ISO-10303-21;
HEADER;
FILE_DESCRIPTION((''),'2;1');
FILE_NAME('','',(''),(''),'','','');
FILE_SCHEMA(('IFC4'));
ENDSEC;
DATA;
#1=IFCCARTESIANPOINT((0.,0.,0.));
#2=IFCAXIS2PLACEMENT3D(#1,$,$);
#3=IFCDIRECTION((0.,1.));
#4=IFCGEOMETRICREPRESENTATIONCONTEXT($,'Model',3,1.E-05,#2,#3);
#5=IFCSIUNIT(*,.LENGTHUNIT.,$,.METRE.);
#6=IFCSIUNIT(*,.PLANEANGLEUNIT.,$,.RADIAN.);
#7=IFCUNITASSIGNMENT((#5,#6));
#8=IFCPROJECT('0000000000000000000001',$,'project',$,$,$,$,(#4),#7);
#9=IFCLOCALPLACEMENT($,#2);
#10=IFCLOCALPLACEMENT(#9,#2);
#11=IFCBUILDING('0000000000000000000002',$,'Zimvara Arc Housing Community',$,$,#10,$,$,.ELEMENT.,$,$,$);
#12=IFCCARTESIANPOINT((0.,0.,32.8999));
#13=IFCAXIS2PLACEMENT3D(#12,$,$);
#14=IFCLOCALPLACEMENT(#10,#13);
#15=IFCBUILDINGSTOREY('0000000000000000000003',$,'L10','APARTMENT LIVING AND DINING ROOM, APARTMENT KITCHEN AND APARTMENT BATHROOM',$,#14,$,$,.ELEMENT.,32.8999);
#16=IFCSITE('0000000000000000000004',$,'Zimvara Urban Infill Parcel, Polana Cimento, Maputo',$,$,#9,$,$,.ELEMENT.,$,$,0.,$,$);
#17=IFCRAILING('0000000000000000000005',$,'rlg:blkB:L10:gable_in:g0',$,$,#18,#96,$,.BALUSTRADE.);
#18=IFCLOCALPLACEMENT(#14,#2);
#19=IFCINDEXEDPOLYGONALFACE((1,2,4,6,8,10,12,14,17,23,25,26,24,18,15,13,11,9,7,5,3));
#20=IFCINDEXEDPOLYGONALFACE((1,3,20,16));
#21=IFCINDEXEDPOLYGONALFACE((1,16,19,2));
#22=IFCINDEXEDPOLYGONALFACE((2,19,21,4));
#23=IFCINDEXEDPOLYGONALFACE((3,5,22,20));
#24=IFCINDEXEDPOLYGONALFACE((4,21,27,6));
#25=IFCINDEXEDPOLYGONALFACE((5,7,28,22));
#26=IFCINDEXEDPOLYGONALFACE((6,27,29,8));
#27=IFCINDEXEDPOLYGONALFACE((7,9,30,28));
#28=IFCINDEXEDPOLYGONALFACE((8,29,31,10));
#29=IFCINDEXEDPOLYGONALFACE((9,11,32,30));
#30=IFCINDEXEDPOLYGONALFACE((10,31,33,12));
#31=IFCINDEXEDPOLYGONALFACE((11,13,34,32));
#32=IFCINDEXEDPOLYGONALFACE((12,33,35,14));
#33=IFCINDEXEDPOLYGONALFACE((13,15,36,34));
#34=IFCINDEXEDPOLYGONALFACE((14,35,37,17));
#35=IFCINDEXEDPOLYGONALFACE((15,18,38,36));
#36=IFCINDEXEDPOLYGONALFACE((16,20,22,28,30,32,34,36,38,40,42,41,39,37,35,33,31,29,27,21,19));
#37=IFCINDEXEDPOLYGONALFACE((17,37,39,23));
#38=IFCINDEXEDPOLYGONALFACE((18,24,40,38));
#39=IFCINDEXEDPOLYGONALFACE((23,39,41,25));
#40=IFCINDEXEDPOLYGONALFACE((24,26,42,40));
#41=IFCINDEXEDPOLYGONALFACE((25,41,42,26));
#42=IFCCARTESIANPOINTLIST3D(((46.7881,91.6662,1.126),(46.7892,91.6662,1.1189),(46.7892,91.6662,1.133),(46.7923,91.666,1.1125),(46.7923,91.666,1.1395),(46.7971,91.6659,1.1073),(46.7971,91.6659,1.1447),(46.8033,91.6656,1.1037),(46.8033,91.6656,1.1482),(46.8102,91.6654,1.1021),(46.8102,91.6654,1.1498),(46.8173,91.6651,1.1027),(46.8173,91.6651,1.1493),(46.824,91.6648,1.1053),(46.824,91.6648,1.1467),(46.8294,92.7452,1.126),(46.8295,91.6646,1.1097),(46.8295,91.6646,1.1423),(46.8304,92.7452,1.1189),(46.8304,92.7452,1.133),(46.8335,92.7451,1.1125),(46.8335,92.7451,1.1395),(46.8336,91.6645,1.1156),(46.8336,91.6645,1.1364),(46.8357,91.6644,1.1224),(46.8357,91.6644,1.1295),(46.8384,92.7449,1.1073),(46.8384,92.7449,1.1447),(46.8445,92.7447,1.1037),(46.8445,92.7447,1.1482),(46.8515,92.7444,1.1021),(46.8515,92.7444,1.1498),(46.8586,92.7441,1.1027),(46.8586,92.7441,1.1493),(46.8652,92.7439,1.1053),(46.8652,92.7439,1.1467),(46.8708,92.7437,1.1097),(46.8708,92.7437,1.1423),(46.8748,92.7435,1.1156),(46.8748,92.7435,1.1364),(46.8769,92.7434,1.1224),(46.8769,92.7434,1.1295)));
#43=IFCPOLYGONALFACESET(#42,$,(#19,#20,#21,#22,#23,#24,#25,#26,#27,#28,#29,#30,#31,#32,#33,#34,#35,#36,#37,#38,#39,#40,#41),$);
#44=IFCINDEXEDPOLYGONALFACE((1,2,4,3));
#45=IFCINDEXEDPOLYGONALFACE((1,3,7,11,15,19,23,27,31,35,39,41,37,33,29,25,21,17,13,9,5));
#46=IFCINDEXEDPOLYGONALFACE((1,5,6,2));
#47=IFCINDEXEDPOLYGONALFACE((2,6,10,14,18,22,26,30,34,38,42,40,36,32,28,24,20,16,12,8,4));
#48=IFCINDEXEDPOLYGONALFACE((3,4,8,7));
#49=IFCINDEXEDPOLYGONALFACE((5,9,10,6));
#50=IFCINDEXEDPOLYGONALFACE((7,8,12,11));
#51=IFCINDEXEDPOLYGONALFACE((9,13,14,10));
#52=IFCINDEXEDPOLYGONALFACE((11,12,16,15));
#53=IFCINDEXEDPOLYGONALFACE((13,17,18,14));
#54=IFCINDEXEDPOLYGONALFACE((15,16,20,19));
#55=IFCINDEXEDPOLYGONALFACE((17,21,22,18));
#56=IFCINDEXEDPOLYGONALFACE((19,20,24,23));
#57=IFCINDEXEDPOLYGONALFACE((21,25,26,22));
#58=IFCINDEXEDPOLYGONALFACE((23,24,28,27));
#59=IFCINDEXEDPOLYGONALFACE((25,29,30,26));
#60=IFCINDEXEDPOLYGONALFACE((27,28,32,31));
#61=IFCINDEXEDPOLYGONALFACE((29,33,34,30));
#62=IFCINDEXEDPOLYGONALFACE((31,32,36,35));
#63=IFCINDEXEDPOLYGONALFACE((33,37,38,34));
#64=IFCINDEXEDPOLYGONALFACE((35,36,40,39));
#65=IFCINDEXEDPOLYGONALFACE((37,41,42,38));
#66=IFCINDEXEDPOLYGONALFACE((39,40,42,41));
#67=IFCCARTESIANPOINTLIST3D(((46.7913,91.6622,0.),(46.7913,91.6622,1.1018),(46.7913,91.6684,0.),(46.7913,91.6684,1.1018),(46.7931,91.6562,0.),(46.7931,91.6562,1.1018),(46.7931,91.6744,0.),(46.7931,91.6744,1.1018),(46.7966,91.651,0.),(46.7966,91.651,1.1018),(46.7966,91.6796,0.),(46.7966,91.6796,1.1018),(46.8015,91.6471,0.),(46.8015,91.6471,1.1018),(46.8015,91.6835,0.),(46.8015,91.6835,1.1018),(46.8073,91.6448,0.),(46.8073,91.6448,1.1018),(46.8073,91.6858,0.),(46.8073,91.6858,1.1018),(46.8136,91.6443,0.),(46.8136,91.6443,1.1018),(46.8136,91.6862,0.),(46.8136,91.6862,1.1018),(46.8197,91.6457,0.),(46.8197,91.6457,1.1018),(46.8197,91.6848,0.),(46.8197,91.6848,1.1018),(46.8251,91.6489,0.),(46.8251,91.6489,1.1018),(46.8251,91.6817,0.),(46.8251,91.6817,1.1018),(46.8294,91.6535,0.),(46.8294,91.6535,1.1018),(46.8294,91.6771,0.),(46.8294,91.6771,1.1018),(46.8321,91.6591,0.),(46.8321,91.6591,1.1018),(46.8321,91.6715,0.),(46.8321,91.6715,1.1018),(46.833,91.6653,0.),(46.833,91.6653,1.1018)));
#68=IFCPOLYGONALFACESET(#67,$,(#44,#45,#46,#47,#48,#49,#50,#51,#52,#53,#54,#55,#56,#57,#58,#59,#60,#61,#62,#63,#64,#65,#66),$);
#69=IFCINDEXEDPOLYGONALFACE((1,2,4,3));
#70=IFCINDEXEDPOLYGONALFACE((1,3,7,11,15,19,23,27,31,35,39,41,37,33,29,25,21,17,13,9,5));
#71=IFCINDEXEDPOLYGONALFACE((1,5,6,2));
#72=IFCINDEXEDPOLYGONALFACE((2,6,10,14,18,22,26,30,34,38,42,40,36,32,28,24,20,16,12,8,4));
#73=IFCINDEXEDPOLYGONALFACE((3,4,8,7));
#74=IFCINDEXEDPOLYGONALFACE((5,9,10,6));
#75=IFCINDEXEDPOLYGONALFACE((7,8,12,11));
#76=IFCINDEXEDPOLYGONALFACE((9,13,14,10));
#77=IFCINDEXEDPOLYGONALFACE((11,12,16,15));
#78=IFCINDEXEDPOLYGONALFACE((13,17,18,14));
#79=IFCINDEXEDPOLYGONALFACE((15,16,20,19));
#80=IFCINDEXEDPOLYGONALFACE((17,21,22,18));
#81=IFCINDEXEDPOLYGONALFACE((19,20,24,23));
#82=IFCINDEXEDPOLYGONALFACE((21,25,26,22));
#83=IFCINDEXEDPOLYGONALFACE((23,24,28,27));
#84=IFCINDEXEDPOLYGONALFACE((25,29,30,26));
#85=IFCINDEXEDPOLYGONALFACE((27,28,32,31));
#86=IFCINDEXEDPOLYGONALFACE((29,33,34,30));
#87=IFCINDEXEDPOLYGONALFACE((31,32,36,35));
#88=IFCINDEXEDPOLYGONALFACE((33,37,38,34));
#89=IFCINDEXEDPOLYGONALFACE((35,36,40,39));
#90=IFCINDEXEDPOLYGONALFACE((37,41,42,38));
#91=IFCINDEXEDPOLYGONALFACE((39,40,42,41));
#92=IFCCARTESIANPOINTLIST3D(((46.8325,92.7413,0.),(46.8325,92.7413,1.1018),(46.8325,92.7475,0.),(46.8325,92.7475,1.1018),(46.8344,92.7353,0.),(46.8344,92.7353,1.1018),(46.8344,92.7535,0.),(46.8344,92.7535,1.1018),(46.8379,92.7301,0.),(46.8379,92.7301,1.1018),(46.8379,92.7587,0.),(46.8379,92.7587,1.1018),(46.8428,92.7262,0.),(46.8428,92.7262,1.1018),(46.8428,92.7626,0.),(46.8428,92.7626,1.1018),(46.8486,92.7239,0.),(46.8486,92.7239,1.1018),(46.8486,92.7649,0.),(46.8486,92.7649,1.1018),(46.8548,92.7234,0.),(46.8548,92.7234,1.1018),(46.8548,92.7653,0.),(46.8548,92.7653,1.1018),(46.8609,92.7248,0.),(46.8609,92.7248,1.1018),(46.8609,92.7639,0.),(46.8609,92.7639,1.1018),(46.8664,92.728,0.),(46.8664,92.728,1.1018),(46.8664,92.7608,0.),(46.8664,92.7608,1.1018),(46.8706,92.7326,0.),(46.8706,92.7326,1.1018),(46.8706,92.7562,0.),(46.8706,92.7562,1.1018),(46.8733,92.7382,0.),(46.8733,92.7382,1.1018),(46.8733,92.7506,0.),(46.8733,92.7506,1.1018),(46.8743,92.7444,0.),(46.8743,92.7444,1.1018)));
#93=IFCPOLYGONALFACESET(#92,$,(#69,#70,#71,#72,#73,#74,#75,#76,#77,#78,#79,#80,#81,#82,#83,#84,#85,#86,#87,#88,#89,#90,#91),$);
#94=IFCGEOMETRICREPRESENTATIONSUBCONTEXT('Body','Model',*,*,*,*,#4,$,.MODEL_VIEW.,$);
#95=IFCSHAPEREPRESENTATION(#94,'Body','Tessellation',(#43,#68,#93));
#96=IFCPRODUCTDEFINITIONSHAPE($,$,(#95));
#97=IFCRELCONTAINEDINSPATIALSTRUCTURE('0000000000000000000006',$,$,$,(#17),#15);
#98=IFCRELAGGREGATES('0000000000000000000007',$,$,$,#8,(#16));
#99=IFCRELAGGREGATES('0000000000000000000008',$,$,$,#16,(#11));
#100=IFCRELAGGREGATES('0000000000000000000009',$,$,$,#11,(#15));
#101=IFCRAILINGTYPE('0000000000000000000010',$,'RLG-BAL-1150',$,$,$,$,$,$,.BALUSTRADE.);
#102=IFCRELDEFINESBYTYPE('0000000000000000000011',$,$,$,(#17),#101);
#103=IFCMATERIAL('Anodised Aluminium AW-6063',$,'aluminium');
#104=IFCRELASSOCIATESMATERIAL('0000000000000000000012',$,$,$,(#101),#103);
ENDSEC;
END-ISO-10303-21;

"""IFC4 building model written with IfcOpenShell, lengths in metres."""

from ifc_helpers import new_model, si_unit, direction, frame, origin, origin_2d, place, context, subcontext, project, spatial, circle, extrude, material, type_object, element, save


model = new_model("IFC4")

# Units and contexts
model_context = context("Model", 3, precision=1e-05, world=origin(), true_north=direction((0.0, 1.0)))
body_context = subcontext(model_context, "Body", "Model", "MODEL_VIEW")
ifc_project = project(units=[si_unit("LENGTHUNIT", "METRE"), si_unit("PLANEANGLEUNIT", "RADIAN")], contexts=[model_context])

# Site, building, storey
site_placement = place(None, origin())
site = spatial("IfcSite", under=ifc_project, at=site_placement, Name="Zimvara Urban Infill Parcel, Polana Cimento, Maputo", CompositionType="ELEMENT", RefElevation=0.0)
building_placement = place(site_placement, origin())
building = spatial("IfcBuilding", under=site, at=building_placement, Name="Zimvara Arc Housing Community", CompositionType="ELEMENT")
storey_placement = place(building_placement, frame((0.0, 0.0, 32.8999)))
storey = spatial("IfcBuildingStorey", under=building, at=storey_placement, Name="L10", Description="APARTMENT LIVING AND DINING ROOM, APARTMENT KITCHEN AND APARTMENT BATHROOM", CompositionType="ELEMENT", Elevation=32.8999)

# Railing
ifc_material_1 = material(Name="Anodised Aluminium AW-6063", Category="aluminium")
railing_type = type_object("IfcRailingType", Name="RLG-BAL-1150", PredefinedType="BALUSTRADE", material=ifc_material_1)
railing_1_placement = place(storey_placement, frame((46.812, 91.6653, 0.0)))
element("IfcRailing", 1, at=railing_1_placement, inside=storey, type_object=railing_type, Name="rlg:blkB:L10:gable_in:g0", PredefinedType="BALUSTRADE", context=body_context, shape_type="SweptSolid", body=[
    extrude(circle(Radius=0.0239, at=origin_2d()), frame((0.0, 0.0, 1.126), z_axis=(0.038207, 0.99927, 0.0), x_axis=(-0.99927, 0.038207, 0.0)), (0.0, 0.0, 1.0), 1.0798),
    extrude(circle(Radius=0.021, at=origin_2d()), origin(), (0.0, 0.0, 1.0), 1.1018),
    extrude(circle(Radius=0.021, at=origin_2d()), frame((0.0413, 1.0791, 0.0)), (0.0, 0.0, 1.0), 1.1018),
])

save(model, "model.ifc")
